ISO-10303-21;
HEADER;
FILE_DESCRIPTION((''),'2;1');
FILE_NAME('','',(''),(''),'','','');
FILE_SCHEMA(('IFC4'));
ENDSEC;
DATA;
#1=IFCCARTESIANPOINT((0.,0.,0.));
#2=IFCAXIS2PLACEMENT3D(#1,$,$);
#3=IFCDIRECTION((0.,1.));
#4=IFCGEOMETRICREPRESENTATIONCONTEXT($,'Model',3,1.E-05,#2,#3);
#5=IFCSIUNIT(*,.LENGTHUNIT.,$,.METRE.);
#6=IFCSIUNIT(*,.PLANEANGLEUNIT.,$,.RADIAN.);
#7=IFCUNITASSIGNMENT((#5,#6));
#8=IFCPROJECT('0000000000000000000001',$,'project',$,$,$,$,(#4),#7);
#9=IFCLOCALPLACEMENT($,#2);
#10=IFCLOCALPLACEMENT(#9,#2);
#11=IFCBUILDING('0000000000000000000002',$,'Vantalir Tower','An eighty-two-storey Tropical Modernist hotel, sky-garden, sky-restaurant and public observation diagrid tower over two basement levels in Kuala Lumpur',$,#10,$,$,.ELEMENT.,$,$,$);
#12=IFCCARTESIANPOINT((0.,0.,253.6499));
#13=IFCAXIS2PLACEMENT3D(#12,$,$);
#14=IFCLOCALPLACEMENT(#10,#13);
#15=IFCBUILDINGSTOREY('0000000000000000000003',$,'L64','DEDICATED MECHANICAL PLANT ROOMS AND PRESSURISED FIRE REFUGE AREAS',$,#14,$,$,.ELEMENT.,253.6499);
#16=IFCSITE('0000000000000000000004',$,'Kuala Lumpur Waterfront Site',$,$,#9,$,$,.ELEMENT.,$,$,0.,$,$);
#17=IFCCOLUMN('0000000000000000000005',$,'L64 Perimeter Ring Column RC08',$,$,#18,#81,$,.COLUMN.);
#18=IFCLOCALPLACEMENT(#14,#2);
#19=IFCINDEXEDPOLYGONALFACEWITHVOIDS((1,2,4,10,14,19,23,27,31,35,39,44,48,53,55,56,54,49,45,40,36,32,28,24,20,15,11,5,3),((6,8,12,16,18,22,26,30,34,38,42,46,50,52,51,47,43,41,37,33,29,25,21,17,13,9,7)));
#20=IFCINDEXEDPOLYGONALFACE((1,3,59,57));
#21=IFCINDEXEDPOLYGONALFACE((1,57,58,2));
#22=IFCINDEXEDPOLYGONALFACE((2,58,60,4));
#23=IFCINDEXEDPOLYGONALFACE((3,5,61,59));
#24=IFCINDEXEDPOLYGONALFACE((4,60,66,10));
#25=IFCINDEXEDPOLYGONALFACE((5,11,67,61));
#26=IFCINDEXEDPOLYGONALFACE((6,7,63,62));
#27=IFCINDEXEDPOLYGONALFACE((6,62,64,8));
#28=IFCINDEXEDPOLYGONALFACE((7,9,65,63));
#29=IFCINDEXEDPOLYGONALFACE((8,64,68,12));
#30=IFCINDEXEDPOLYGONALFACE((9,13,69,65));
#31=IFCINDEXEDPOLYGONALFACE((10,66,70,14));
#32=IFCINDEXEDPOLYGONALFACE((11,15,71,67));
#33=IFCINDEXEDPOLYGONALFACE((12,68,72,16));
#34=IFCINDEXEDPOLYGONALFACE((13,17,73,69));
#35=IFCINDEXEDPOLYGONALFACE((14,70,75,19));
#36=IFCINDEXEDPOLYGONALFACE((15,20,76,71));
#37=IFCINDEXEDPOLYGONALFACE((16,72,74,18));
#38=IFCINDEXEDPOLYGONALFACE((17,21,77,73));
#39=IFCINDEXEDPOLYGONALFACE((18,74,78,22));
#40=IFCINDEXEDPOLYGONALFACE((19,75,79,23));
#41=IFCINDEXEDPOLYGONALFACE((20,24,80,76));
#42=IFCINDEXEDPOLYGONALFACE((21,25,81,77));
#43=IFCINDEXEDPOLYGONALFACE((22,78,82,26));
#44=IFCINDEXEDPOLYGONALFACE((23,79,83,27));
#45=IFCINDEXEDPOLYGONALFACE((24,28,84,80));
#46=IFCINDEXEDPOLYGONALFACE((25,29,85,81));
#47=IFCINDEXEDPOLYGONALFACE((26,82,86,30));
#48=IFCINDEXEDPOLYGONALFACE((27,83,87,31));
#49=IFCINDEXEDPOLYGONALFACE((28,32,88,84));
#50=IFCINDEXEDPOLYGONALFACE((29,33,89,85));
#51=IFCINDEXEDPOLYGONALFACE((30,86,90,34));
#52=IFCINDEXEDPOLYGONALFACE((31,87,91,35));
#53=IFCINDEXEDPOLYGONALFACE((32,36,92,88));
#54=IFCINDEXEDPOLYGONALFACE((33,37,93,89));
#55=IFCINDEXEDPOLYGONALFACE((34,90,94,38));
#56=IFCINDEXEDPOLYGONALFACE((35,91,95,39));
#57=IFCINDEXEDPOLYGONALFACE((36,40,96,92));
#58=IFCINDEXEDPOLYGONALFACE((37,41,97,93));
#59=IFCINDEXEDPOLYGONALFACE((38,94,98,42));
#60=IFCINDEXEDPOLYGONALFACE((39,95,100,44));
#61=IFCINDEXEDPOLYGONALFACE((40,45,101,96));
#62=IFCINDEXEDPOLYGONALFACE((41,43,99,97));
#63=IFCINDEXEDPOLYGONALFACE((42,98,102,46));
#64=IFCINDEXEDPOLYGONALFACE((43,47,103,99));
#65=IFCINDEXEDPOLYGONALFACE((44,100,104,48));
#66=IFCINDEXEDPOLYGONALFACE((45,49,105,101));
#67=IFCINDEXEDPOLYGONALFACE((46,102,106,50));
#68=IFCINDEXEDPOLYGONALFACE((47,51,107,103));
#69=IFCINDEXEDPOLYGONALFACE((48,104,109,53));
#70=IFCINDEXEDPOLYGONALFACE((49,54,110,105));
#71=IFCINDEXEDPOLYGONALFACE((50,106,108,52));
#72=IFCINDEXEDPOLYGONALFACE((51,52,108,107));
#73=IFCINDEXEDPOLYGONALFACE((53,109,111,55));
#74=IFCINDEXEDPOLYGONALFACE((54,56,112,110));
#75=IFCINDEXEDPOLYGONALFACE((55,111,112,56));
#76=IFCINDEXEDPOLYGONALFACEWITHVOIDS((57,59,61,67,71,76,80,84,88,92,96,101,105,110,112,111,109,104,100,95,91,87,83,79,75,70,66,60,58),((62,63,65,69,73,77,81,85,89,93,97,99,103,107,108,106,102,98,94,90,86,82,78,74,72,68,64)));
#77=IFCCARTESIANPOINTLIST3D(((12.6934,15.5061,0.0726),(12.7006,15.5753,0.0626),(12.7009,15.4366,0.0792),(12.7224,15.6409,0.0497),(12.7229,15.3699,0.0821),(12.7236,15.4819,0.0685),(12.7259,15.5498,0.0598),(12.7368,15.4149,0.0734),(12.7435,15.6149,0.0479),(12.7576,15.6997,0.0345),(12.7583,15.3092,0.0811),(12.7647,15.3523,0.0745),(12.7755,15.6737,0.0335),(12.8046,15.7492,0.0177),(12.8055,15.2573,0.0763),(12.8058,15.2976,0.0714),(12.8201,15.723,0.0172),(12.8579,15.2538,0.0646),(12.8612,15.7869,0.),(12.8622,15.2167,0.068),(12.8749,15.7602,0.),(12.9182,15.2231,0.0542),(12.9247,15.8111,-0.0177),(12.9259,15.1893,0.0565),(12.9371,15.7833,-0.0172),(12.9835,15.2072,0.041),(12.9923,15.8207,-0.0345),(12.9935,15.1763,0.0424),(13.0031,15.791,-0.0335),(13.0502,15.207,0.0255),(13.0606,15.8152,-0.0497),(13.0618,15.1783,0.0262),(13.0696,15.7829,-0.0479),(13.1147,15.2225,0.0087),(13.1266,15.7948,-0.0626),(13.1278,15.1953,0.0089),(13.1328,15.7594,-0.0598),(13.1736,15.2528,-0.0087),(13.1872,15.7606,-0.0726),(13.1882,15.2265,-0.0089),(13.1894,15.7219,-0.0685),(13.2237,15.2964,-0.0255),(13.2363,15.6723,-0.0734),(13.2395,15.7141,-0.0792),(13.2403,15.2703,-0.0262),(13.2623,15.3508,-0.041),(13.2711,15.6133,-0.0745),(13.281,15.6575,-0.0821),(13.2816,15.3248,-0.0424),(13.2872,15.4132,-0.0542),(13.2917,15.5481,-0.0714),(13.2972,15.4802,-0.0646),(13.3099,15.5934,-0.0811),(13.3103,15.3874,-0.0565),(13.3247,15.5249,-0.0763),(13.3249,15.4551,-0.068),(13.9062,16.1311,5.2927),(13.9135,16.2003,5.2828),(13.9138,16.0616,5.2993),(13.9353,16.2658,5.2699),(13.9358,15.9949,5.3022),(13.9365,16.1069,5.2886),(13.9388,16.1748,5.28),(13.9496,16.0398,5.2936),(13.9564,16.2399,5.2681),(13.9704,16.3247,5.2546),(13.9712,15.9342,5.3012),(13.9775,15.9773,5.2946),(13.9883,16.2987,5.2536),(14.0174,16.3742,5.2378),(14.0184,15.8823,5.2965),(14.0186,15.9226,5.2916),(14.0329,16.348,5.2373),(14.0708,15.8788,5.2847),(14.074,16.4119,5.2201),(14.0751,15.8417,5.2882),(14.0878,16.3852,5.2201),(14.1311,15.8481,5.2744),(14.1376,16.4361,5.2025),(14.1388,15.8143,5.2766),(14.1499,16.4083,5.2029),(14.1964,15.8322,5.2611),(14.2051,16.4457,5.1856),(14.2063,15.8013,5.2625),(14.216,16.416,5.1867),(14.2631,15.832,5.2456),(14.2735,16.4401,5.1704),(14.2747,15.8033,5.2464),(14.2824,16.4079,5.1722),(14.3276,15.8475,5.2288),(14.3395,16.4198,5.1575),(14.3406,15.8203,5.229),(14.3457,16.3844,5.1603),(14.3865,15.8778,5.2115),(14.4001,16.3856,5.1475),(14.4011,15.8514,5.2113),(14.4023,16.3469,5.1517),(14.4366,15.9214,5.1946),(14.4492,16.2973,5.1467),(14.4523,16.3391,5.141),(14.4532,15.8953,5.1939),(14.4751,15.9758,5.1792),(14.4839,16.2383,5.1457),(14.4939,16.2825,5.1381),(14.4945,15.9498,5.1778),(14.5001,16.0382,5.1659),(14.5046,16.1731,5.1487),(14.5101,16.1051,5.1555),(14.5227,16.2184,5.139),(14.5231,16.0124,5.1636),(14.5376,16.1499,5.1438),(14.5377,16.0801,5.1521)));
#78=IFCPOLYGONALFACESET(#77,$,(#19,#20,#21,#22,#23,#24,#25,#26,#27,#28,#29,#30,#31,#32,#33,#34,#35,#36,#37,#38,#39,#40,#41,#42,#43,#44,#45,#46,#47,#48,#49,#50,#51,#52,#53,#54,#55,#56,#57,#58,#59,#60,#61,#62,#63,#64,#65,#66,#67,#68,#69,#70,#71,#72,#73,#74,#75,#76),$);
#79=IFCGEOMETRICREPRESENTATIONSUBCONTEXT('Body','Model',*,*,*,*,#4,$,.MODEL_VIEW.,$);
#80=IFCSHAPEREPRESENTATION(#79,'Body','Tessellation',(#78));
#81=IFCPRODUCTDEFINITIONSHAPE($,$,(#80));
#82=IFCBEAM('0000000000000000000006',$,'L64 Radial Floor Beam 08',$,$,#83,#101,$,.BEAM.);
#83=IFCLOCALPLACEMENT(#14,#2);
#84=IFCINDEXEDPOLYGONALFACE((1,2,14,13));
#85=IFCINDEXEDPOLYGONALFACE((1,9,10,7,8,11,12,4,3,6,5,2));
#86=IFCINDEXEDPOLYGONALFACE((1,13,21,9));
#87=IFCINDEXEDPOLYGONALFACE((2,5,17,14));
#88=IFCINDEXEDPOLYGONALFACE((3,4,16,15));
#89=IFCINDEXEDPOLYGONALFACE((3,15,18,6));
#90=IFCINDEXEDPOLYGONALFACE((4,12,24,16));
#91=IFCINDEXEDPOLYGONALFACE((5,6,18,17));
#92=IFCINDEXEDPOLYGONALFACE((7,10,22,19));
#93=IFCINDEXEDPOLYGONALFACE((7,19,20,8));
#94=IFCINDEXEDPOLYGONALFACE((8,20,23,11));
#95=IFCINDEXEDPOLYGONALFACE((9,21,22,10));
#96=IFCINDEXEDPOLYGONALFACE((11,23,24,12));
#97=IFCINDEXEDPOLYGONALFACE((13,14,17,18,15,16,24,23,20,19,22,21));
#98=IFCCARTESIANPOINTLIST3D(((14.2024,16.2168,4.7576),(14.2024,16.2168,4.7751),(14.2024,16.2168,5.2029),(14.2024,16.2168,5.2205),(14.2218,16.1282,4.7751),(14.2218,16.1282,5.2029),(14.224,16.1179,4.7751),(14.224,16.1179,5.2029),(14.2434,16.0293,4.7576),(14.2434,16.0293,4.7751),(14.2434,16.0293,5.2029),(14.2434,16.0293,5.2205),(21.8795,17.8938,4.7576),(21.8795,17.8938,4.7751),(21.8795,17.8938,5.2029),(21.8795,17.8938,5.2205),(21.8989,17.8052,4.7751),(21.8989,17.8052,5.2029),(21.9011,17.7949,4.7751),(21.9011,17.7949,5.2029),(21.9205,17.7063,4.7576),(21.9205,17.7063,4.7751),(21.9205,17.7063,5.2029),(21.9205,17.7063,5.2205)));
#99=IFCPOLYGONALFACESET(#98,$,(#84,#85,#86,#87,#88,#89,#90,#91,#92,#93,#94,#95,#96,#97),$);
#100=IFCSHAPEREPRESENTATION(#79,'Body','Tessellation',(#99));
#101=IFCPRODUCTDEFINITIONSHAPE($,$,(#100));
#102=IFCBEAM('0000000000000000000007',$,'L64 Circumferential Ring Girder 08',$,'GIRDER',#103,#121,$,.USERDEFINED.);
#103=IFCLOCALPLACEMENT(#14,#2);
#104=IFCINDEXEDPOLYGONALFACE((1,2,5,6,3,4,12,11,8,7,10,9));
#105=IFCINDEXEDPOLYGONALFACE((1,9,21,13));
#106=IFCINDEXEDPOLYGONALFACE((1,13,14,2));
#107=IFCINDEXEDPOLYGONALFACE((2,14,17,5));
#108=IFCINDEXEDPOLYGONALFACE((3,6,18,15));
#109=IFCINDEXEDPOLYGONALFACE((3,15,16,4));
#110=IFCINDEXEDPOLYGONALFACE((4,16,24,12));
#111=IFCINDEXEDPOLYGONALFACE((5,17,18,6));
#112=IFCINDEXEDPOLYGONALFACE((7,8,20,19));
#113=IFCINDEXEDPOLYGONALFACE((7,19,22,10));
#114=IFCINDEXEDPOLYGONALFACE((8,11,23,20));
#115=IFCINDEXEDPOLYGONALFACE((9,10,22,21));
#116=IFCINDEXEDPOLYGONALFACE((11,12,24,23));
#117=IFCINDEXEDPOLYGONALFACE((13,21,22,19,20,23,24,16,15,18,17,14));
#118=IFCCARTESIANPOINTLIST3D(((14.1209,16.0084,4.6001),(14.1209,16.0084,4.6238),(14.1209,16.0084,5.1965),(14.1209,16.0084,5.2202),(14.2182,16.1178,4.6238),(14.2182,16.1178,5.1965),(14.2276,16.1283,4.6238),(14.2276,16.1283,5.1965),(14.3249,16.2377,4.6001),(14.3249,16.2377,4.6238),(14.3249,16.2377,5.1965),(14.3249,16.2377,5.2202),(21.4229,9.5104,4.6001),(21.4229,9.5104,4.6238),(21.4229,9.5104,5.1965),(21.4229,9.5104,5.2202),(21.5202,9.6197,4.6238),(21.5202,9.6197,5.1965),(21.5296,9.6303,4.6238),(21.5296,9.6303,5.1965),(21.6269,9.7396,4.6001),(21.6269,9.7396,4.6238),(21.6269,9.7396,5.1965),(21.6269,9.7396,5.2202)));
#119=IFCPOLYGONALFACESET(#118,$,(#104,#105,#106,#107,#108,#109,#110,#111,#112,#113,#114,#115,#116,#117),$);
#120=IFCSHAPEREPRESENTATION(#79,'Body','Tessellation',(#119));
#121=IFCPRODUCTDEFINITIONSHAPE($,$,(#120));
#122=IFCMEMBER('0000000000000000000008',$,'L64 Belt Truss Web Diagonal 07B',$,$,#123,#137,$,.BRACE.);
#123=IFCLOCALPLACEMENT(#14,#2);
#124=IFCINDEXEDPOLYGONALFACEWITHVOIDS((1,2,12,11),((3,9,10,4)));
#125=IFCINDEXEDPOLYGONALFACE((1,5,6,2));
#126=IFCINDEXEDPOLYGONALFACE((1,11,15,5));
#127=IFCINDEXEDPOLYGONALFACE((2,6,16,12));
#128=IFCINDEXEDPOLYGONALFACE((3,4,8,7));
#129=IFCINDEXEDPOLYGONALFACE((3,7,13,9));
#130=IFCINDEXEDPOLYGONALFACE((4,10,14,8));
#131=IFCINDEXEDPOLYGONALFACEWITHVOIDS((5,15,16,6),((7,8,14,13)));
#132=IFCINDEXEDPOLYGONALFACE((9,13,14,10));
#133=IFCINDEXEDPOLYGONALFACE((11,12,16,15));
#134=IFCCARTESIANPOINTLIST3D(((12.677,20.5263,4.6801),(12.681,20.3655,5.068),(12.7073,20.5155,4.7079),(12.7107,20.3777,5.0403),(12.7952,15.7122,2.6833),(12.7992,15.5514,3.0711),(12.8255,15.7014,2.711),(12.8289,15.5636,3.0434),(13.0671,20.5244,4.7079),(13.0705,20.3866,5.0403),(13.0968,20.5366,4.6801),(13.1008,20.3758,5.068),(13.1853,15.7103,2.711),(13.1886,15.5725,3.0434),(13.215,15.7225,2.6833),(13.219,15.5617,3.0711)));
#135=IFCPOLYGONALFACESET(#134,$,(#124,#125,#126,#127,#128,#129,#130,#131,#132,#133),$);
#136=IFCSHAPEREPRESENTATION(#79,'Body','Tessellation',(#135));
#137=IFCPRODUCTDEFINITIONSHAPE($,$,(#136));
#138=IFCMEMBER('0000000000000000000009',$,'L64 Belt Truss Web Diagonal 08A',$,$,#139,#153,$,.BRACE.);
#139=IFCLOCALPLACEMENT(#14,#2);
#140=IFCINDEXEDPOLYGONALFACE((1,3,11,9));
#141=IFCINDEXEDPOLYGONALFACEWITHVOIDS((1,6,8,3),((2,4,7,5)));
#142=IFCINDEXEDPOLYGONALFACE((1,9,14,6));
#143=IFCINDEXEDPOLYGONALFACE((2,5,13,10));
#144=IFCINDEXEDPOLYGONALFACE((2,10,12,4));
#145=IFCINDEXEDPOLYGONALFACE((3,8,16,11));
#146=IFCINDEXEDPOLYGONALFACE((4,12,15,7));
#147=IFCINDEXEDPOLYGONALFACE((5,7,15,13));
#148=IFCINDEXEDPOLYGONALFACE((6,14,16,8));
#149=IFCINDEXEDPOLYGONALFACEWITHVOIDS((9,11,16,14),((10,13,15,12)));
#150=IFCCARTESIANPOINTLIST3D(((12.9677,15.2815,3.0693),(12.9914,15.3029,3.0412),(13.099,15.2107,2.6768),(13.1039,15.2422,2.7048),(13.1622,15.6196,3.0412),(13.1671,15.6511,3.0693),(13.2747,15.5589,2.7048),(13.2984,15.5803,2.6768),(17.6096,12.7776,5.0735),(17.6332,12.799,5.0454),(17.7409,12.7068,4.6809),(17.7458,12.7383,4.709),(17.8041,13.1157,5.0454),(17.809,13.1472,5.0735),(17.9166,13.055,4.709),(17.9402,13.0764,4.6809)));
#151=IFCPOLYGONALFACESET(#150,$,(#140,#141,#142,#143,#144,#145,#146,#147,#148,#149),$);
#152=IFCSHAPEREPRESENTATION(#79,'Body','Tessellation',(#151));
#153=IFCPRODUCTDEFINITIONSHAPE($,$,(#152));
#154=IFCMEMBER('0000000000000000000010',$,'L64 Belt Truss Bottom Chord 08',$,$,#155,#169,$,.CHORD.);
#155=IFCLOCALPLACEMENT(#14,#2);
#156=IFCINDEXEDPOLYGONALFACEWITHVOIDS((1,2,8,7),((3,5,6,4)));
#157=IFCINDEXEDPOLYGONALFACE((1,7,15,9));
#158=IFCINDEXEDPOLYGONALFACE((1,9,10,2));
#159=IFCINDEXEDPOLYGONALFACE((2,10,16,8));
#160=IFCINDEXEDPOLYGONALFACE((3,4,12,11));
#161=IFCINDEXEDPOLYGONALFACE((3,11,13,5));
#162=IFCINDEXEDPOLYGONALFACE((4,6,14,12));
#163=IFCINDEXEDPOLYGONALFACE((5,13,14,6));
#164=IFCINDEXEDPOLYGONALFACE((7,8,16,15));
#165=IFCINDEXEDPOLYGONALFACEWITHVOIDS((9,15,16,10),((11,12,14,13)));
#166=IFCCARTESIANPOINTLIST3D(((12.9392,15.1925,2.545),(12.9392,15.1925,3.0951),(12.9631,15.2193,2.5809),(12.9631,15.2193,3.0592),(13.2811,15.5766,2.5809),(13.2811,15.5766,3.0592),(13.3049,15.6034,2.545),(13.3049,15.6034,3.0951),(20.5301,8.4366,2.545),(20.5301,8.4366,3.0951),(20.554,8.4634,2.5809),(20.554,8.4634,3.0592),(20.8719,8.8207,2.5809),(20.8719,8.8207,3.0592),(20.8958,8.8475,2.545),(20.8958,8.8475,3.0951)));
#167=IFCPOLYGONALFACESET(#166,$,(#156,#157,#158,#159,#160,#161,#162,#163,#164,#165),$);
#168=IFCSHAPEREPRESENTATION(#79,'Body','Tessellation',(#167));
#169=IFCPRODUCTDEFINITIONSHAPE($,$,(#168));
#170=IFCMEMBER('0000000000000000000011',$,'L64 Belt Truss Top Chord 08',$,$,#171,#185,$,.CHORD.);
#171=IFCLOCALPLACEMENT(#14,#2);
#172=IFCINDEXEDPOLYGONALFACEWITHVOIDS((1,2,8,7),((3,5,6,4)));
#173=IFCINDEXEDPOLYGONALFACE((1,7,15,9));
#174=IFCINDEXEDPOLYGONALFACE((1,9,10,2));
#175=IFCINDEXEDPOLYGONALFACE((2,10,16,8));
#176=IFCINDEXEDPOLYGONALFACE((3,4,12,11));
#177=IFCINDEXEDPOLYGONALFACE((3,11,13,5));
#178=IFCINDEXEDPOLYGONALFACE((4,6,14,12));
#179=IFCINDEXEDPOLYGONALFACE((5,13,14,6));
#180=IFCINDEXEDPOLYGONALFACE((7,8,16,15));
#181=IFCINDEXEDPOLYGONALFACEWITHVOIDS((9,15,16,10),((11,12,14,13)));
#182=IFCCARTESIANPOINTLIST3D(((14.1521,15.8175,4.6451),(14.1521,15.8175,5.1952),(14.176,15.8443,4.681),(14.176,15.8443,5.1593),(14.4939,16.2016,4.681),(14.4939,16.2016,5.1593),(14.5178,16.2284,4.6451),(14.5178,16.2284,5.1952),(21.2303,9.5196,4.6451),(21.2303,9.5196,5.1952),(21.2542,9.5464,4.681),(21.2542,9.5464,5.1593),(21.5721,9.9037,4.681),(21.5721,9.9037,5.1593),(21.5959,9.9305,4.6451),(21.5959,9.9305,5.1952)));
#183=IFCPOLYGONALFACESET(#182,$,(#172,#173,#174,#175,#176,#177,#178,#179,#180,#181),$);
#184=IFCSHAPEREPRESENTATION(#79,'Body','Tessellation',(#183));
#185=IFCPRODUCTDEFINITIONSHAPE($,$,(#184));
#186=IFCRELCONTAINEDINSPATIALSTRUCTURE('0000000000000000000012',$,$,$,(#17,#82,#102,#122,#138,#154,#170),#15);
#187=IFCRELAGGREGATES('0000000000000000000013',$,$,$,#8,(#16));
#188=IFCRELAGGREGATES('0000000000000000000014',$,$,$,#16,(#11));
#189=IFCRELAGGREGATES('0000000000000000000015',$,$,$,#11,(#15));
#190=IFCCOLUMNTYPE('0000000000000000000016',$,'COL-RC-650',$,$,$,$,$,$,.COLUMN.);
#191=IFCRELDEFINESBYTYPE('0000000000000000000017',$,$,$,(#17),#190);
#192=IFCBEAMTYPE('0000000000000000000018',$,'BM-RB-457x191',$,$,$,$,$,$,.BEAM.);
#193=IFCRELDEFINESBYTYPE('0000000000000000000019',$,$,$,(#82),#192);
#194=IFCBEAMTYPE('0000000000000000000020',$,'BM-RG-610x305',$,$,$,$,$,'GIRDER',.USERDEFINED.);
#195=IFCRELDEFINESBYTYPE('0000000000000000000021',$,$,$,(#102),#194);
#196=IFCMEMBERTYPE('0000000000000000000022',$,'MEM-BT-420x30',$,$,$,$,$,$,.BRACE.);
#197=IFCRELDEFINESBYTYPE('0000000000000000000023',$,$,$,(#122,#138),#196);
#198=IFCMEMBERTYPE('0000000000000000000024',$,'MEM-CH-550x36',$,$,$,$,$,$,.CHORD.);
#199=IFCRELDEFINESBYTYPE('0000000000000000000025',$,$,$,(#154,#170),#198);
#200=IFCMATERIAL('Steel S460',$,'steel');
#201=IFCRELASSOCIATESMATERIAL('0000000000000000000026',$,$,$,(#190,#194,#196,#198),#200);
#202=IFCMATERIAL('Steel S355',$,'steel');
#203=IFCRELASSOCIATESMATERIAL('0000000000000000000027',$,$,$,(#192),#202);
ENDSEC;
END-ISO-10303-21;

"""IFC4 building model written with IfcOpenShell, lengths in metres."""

from ifc_helpers import new_model, si_unit, direction, frame, origin, origin_2d, place, context, subcontext, project, spatial, hollow_rectangle, hollow_circle, i_section, extrude, material, material_profile, profile_set, type_object, element, save


model = new_model("IFC4")

# Units and contexts
model_context = context("Model", 3, precision=1e-05, world=origin(), true_north=direction((0.0, 1.0)))
body_context = subcontext(model_context, "Body", "Model", "MODEL_VIEW")
ifc_project = project(units=[si_unit("LENGTHUNIT", "METRE"), si_unit("PLANEANGLEUNIT", "RADIAN")], contexts=[model_context])

# Site, building, storey
site_placement = place(None, origin())
site = spatial("IfcSite", under=ifc_project, at=site_placement, Name="Kuala Lumpur Waterfront Site", CompositionType="ELEMENT", RefElevation=0.0)
building_placement = place(site_placement, origin())
building = spatial("IfcBuilding", under=site, at=building_placement, Name="Vantalir Tower", Description="An eighty-two-storey Tropical Modernist hotel, sky-garden, sky-restaurant and public observation diagrid tower over two basement levels in Kuala Lumpur", CompositionType="ELEMENT")
storey_placement = place(building_placement, frame((0.0, 0.0, 253.6499)))
storey = spatial("IfcBuildingStorey", under=building, at=storey_placement, Name="L64", Description="DEDICATED MECHANICAL PLANT ROOMS AND PRESSURISED FIRE REFUGE AREAS", CompositionType="ELEMENT", Elevation=253.6499)

# Column
ifc_material_1 = material(Name="Steel S460", Category="steel")
ifc_material_profile_1 = material_profile(ifc_material_1, hollow_circle(Radius=0.325, WallThickness=0.03, at=origin_2d()), Name="Steel S460")
ifc_profile_set_1 = profile_set([ifc_material_profile_1], Name="Steel S460")
column_type = type_object("IfcColumnType", Name="COL-RC-650", PredefinedType="COLUMN", material=ifc_profile_set_1)
column_placement = place(storey_placement, frame((13.01, 15.498, 0.0), z_axis=(0.224793, 0.115835, 0.967497), x_axis=(-0.458059, 0.888922, 0.0)))
element("IfcColumn", 1, at=column_placement, inside=storey, type_object=column_type, Name="L64 Perimeter Ring Column RC08", PredefinedType="COLUMN", context=body_context, shape_type="SweptSolid", body=[
    extrude(hollow_circle(Radius=0.325, WallThickness=0.03, at=origin_2d()), origin(), (0.0, 0.0, 1.0), 5.3955),
])

# Beams
ifc_material_2 = material(Name="Steel S355", Category="steel")
ifc_material_profile_2 = material_profile(ifc_material_2, i_section(OverallWidth=0.1919, OverallDepth=0.4629, WebThickness=0.0105, FlangeThickness=0.0176, at=origin_2d()), Name="Steel S355")
ifc_profile_set_2 = profile_set([ifc_material_profile_2], Name="Steel S355")
beam_type_1 = type_object("IfcBeamType", Name="BM-RB-457x191", PredefinedType="BEAM", material=ifc_profile_set_2)
beam_1_placement = place(storey_placement, frame((14.2229, 16.123, 4.989), z_axis=(0.976962, 0.213412, 0.0), x_axis=(-0.213412, 0.976962, 0.0)))
element("IfcBeam", 2, at=beam_1_placement, inside=storey, type_object=beam_type_1, Name="L64 Radial Floor Beam 08", PredefinedType="BEAM", context=body_context, shape_type="SweptSolid", body=[
    extrude(i_section(OverallWidth=0.1919, OverallDepth=0.4629, WebThickness=0.0105, FlangeThickness=0.0176, at=origin_2d()), origin(), (0.0, 0.0, 1.0), 7.8582),
])
ifc_material_profile_3 = material_profile(ifc_material_1, i_section(OverallWidth=0.3069, OverallDepth=0.6201, WebThickness=0.0142, FlangeThickness=0.0237, at=origin_2d()), Name="Steel S460")
ifc_profile_set_3 = profile_set([ifc_material_profile_3], Name="Steel S460")
beam_type_2 = type_object("IfcBeamType", Name="BM-RG-610x305", ElementType="GIRDER", PredefinedType="USERDEFINED", material=ifc_profile_set_3)
beam_2_placement = place(storey_placement, frame((14.2229, 16.123, 4.9102), z_axis=(0.747034, -0.664785, 0.0), x_axis=(0.664785, 0.747034, 0.0)))
element("IfcBeam", 3, at=beam_2_placement, inside=storey, type_object=beam_type_2, Name="L64 Circumferential Ring Girder 08", ObjectType="GIRDER", PredefinedType="USERDEFINED", context=body_context, shape_type="SweptSolid", body=[
    extrude(i_section(OverallWidth=0.3069, OverallDepth=0.6201, WebThickness=0.0142, FlangeThickness=0.0237, at=origin_2d()), origin(), (0.0, 0.0, 1.0), 9.7747),
])

# Members
ifc_material_profile_4 = material_profile(ifc_material_1, hollow_rectangle(XDim=0.4199, YDim=0.4199, WallThickness=0.03, at=origin_2d()), Name="Steel S460")
ifc_profile_set_4 = profile_set([ifc_material_profile_4], Name="Steel S460")
member_type_1 = type_object("IfcMemberType", Name="MEM-BT-420x30", PredefinedType="BRACE", material=ifc_profile_set_4)
member_1_placement = place(storey_placement, frame((13.0071, 15.637, 2.8772), z_axis=(-0.022667, 0.923451, 0.383046), x_axis=(-0.999699, -0.024539, 0.0)))
element("IfcMember", 4, at=member_1_placement, inside=storey, type_object=member_type_1, Name="L64 Belt Truss Web Diagonal 07B", PredefinedType="BRACE", context=body_context, shape_type="SweptSolid", body=[
    extrude(hollow_rectangle(XDim=0.4199, YDim=0.4199, WallThickness=0.03, at=origin_2d()), origin(), (0.0, 0.0, 1.0), 5.2131),
])
member_2_placement = place(storey_placement, frame((13.1331, 15.4309, 2.873), z_axis=(0.822721, -0.443793, 0.355216), x_axis=(0.474754, 0.880119, 0.0)))
element("IfcMember", 5, at=member_2_placement, inside=storey, type_object=member_type_1, Name="L64 Belt Truss Web Diagonal 08A", PredefinedType="BRACE", context=body_context, shape_type="SweptSolid", body=[
    extrude(hollow_rectangle(XDim=0.4199, YDim=0.4199, WallThickness=0.03, at=origin_2d()), origin(), (0.0, 0.0, 1.0), 5.6421),
])
ifc_material_profile_5 = material_profile(ifc_material_1, hollow_rectangle(XDim=0.55, YDim=0.55, WallThickness=0.0359, at=origin_2d()), Name="Steel S460")
ifc_profile_set_5 = profile_set([ifc_material_profile_5], Name="Steel S460")
member_type_2 = type_object("IfcMemberType", Name="MEM-CH-550x36", PredefinedType="CHORD", material=ifc_profile_set_5)
member_3_placement = place(storey_placement, frame((13.1221, 15.3979, 2.8201), z_axis=(0.746996, -0.664829, 0.0), x_axis=(0.664829, 0.746996, 0.0)))
element("IfcMember", 6, at=member_3_placement, inside=storey, type_object=member_type_2, Name="L64 Belt Truss Bottom Chord 08", PredefinedType="CHORD", context=body_context, shape_type="SweptSolid", body=[
    extrude(hollow_rectangle(XDim=0.55, YDim=0.55, WallThickness=0.0359, at=origin_2d()), origin(), (0.0, 0.0, 1.0), 10.1619),
])
member_4_placement = place(storey_placement, frame((14.335, 16.0229, 4.9202), z_axis=(0.747085, -0.664728, 0.0), x_axis=(0.664728, 0.747085, 0.0)))
element("IfcMember", 7, at=member_4_placement, inside=storey, type_object=member_type_2, Name="L64 Belt Truss Top Chord 08", PredefinedType="CHORD", context=body_context, shape_type="SweptSolid", body=[
    extrude(hollow_rectangle(XDim=0.55, YDim=0.55, WallThickness=0.0359, at=origin_2d()), origin(), (0.0, 0.0, 1.0), 9.4744),
])

save(model, "model.ifc")
